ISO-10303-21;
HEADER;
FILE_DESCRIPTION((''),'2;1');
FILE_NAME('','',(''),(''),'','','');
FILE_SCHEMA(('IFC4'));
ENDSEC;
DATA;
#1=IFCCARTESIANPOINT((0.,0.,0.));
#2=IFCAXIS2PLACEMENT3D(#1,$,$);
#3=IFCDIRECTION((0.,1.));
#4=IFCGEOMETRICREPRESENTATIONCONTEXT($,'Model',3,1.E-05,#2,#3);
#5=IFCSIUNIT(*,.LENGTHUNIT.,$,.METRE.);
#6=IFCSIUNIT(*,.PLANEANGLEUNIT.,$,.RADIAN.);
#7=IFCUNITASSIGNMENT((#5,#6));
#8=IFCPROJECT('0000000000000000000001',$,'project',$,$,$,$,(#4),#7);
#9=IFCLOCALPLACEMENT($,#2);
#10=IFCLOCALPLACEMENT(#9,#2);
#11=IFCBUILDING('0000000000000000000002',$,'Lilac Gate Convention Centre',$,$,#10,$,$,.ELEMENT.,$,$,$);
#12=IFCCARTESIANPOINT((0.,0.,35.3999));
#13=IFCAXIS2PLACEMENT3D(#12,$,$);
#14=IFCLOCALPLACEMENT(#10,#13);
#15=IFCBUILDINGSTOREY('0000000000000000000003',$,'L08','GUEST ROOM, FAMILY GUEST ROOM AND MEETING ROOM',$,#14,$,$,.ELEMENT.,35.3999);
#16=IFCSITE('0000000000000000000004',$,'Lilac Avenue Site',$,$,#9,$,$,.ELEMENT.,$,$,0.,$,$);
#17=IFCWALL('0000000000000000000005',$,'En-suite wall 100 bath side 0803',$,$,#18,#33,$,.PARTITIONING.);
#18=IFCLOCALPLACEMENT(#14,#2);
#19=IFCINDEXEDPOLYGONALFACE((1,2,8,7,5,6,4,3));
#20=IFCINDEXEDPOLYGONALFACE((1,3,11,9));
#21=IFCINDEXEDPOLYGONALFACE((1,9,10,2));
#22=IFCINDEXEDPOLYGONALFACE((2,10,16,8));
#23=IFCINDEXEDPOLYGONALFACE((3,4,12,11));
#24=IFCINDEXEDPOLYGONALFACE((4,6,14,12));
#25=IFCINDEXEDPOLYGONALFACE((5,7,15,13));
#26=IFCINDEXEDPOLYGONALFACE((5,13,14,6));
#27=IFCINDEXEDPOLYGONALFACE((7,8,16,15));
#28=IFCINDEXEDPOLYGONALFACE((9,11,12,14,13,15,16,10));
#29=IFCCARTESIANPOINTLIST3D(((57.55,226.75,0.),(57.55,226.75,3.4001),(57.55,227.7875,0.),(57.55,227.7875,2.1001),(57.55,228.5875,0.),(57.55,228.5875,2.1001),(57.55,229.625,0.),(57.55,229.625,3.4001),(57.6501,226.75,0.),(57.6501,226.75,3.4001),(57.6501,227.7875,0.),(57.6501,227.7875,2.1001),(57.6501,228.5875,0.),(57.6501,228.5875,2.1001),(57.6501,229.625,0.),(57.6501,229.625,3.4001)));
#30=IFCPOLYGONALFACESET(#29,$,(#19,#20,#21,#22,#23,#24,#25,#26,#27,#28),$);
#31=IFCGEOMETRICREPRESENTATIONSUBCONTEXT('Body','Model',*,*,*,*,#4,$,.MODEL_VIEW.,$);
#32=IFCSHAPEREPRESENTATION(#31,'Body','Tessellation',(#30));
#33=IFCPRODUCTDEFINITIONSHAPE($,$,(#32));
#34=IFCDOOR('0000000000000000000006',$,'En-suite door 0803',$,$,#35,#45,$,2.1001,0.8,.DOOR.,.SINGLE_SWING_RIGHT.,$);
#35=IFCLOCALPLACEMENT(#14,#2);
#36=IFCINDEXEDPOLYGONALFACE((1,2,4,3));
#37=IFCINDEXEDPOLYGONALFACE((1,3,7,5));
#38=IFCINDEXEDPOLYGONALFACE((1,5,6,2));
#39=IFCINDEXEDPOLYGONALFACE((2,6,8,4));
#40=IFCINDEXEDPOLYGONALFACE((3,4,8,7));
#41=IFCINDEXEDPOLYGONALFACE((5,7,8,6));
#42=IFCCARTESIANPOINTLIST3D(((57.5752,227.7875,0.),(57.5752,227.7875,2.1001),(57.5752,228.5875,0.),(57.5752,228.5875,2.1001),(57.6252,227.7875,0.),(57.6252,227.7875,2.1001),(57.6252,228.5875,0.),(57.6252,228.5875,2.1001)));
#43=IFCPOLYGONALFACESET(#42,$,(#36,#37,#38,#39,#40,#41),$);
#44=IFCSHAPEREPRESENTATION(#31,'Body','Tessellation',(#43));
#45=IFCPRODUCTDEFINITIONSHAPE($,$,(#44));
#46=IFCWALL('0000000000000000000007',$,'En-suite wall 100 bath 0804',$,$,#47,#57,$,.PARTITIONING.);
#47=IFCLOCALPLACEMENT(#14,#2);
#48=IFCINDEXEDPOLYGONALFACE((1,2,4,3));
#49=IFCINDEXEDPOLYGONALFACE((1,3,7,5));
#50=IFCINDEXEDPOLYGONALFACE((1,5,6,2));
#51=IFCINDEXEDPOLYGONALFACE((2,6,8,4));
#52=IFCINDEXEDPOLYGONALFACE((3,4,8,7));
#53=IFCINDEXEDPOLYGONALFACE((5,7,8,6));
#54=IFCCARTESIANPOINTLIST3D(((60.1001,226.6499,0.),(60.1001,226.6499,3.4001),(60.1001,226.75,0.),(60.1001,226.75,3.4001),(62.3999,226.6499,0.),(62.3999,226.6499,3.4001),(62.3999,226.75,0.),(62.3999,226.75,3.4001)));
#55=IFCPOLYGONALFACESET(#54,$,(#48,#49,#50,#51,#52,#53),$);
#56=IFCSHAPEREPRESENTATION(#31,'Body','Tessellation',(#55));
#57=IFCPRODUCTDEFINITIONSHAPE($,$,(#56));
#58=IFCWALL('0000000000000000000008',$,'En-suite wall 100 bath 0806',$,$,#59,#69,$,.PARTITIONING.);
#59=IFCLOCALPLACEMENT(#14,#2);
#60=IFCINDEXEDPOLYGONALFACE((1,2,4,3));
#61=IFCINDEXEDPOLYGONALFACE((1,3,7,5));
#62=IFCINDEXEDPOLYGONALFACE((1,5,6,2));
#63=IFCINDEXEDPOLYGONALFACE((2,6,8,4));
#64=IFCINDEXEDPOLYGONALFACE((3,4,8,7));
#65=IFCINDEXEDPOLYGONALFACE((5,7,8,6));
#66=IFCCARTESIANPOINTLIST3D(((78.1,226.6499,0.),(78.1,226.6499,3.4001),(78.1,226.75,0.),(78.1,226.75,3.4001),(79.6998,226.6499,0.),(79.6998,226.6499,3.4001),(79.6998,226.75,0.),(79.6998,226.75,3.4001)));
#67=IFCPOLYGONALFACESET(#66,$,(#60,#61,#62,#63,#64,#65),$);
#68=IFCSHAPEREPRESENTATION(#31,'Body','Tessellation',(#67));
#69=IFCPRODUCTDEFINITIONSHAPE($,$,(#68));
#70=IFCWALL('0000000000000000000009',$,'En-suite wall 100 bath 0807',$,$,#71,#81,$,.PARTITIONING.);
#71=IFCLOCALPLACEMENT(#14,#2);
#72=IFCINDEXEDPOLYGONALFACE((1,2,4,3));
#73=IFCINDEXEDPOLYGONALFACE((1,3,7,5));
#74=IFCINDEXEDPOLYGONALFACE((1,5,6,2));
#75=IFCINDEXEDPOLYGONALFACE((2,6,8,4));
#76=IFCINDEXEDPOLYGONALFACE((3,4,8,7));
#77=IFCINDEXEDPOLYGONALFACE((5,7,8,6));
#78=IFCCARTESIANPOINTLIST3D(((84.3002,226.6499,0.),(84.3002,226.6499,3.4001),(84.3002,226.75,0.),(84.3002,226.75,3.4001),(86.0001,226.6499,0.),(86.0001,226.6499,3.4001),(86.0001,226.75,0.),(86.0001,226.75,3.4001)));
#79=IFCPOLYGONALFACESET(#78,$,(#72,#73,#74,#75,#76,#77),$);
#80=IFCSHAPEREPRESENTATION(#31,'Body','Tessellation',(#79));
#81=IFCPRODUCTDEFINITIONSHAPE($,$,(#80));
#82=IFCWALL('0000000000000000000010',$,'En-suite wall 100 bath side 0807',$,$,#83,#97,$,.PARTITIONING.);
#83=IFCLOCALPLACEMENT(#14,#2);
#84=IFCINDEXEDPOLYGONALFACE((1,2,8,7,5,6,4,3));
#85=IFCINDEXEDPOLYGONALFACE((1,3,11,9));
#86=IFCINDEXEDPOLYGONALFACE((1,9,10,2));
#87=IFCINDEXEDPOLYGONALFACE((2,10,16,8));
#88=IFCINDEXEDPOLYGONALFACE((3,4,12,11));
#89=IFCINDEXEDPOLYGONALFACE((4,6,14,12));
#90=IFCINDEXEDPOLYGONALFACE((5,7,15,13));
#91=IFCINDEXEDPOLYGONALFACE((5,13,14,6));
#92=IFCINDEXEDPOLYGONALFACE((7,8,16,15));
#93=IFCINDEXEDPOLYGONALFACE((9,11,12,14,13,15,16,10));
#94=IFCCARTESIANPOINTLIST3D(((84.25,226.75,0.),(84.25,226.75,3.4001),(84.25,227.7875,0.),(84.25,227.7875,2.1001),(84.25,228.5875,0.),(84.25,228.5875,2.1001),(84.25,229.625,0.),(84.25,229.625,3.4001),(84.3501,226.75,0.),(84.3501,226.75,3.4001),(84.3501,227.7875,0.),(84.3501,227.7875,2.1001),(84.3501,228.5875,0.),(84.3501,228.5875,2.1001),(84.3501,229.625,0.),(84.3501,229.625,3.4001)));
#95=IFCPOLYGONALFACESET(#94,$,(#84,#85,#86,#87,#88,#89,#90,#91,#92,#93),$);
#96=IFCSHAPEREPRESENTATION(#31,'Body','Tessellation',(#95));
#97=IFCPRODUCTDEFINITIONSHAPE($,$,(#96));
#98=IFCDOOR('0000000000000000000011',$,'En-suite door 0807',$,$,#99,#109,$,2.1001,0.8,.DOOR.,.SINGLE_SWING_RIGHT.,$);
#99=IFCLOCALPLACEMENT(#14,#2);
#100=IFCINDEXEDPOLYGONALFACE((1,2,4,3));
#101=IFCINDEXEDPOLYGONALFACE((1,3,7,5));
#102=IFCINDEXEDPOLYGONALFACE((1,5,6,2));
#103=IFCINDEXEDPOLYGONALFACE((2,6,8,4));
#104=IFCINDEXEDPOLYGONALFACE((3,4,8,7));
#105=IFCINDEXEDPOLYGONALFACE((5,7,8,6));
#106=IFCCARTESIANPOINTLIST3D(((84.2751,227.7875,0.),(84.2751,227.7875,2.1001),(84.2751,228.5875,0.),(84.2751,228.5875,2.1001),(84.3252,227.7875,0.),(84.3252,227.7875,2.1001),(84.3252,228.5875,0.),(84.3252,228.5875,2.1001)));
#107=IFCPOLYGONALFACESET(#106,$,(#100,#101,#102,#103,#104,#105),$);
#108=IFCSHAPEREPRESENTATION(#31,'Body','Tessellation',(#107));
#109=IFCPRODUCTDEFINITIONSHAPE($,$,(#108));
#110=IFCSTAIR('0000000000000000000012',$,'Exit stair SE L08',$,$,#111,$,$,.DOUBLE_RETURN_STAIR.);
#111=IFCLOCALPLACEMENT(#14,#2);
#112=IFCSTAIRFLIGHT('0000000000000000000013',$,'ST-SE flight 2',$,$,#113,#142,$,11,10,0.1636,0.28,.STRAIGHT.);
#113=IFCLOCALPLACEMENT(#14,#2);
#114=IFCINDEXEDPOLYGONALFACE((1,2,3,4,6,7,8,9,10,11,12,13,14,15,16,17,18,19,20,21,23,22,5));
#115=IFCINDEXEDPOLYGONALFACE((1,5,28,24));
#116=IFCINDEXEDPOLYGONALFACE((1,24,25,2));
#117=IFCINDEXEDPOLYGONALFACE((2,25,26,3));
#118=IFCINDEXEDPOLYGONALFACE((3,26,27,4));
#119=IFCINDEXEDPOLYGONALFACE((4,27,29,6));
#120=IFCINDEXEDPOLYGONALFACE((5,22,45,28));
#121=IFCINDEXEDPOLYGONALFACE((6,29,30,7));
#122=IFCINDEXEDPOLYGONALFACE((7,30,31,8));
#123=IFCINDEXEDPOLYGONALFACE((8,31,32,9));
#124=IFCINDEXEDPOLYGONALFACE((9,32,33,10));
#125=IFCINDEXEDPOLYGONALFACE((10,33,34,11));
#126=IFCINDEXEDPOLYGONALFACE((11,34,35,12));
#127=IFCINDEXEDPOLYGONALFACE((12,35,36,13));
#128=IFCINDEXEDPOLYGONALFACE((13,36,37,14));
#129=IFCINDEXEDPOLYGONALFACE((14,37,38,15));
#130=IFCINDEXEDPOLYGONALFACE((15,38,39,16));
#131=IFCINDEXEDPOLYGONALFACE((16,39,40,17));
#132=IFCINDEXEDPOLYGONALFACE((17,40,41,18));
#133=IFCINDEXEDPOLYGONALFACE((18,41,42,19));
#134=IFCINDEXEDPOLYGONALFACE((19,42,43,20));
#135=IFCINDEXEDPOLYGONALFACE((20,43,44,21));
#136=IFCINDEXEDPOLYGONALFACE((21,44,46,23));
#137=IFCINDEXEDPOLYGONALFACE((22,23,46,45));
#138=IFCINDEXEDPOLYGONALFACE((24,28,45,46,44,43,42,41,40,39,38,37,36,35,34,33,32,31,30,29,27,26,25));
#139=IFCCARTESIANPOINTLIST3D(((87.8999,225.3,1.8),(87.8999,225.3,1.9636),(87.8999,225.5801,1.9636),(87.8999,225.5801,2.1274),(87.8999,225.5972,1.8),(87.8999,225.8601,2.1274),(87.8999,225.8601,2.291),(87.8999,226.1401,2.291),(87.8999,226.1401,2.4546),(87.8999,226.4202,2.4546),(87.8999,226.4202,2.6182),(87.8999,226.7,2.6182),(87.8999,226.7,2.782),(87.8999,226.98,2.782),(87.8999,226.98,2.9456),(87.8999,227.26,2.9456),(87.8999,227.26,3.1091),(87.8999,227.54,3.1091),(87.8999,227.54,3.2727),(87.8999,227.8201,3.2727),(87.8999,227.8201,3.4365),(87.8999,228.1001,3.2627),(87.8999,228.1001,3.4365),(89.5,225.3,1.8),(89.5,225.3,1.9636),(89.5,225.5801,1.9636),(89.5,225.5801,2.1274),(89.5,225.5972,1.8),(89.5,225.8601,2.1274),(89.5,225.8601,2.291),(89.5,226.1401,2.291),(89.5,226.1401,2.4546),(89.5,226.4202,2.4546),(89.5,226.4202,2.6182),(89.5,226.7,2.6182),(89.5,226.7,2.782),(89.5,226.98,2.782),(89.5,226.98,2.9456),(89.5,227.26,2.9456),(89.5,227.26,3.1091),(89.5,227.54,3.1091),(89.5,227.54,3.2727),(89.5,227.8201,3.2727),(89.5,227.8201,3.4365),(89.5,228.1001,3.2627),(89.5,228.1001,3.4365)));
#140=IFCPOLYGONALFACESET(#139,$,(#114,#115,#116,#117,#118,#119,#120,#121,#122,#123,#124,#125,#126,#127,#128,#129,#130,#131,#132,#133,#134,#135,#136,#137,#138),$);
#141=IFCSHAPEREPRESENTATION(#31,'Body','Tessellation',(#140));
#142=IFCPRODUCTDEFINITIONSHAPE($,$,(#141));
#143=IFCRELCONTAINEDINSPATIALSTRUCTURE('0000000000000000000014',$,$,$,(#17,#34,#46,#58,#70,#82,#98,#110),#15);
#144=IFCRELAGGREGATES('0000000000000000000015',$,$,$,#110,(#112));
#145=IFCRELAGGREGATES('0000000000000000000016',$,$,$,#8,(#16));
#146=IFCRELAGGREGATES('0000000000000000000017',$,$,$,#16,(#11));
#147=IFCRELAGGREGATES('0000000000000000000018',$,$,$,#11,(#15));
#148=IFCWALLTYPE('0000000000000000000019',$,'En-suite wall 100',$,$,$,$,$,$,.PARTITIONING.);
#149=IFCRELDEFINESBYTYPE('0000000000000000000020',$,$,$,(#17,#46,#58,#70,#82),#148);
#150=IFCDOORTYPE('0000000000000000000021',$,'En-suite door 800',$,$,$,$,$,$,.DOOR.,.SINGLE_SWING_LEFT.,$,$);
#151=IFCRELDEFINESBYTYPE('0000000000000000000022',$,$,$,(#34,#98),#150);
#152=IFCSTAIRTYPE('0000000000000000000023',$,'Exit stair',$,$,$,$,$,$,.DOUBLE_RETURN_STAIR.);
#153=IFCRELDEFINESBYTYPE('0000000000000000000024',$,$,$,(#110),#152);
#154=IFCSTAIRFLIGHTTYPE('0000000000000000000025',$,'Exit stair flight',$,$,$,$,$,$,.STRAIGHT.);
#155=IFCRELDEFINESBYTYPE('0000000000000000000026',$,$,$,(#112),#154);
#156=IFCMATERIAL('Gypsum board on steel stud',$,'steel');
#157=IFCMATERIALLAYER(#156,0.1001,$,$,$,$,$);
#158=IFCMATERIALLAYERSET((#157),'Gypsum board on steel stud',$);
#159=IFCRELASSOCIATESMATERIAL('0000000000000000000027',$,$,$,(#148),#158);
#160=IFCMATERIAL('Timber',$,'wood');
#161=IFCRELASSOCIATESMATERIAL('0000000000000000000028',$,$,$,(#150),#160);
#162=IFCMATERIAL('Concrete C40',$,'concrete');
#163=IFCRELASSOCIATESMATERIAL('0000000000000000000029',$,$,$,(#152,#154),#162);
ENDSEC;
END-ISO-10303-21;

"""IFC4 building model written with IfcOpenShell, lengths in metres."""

from ifc_helpers import new_model, si_unit, direction, frame, frame_2d, origin, place, context, subcontext, project, spatial, polyline, rectangle, outline, extrude, material, layer, layer_set, type_object, element, fill, aggregate, save


model = new_model("IFC4")

# Units and contexts
model_context = context("Model", 3, precision=1e-05, world=origin(), true_north=direction((0.0, 1.0)))
body_context = subcontext(model_context, "Body", "Model", "MODEL_VIEW")
ifc_project = project(units=[si_unit("LENGTHUNIT", "METRE"), si_unit("PLANEANGLEUNIT", "RADIAN")], contexts=[model_context])

# Site, building, storey
site_placement = place(None, origin())
site = spatial("IfcSite", under=ifc_project, at=site_placement, Name="Lilac Avenue Site", CompositionType="ELEMENT", RefElevation=0.0)
building_placement = place(site_placement, origin())
building = spatial("IfcBuilding", under=site, at=building_placement, Name="Lilac Gate Convention Centre", CompositionType="ELEMENT")
storey_placement = place(building_placement, frame((0.0, 0.0, 35.3999)))
storey = spatial("IfcBuildingStorey", under=building, at=storey_placement, Name="L08", Description="GUEST ROOM, FAMILY GUEST ROOM AND MEETING ROOM", CompositionType="ELEMENT", Elevation=35.3999)

# Shared definitions
ifc_material_1 = material(Name="Concrete C40", Category="concrete")

# Shared definitions
ifc_material_2 = material(Name="Gypsum board on steel stud", Category="steel")
ifc_layer_1 = layer(ifc_material_2, 0.1001)
ifc_layer_set_1 = layer_set([ifc_layer_1], Name="Gypsum board on steel stud")
wall_type_1 = type_object("IfcWallType", Name="En-suite wall 100", PredefinedType="PARTITIONING", material=ifc_layer_set_1)

# Shared definitions
ifc_material_3 = material(Name="Timber", Category="wood")
door_type = type_object("IfcDoorType", Name="En-suite door 800", OperationType="SINGLE_SWING_LEFT", PredefinedType="DOOR", material=ifc_material_3)

# Wall, opening, door
wall_1_placement = place(storey_placement, frame((57.6001, 226.75, 0.0), z_axis=(0.0, 0.0, 1.0), x_axis=(0.0, 1.0, 0.0)))
wall_1 = element("IfcWall", 1, at=wall_1_placement, inside=storey, type_object=wall_type_1, Name="En-suite wall 100 bath side 0803", PredefinedType="PARTITIONING", context=body_context, shape_type="SweptSolid", body=[
    extrude(rectangle(XDim=2.875, YDim=0.1001, at=frame_2d((1.4375, 0.0))), origin(), (0.0, 0.0, 1.0), 3.4001),
])
opening_1_placement = place(wall_1_placement, frame((1.0376, 0.0, 0.0)))
opening_1 = element("IfcOpeningElement", 2, at=opening_1_placement, cuts=wall_1, PredefinedType="OPENING", context=body_context, shape_type="SweptSolid", body=[
    extrude(rectangle(XDim=0.8, YDim=2.1001, at=frame_2d((0.3999, 1.05))), frame((0.0, 0.0601, 0.0), z_axis=(0.0, -1.0, 0.0), x_axis=(1.0, 0.0, 0.0)), (0.0, 0.0, 1.0), 0.1201),
])
door_1_placement = place(opening_1_placement, origin())
door_1 = element("IfcDoor", 3, at=door_1_placement, inside=storey, type_object=door_type, Name="En-suite door 0803", OperationType="SINGLE_SWING_RIGHT", OverallHeight=2.1001, OverallWidth=0.8, PredefinedType="DOOR", context=body_context, shape_type="SweptSolid", body=[
    extrude(rectangle(XDim=0.8, YDim=2.1001, at=frame_2d((0.3999, 1.05))), frame((0.0, 0.0249, 0.0), z_axis=(0.0, -1.0, 0.0), x_axis=(1.0, 0.0, 0.0)), (0.0, 0.0, 1.0), 0.05),
])
fill(opening_1, door_1)

# Walls
wall_2_placement = place(storey_placement, frame((60.1001, 226.7, 0.0), z_axis=(0.0, 0.0, 1.0), x_axis=(1.0, 0.0, 0.0)))
element("IfcWall", 4, at=wall_2_placement, inside=storey, type_object=wall_type_1, Name="En-suite wall 100 bath 0804", PredefinedType="PARTITIONING", context=body_context, shape_type="SweptSolid", body=[
    extrude(rectangle(XDim=2.2998, YDim=0.1001, at=frame_2d((1.1499, 0.0))), origin(), (0.0, 0.0, 1.0), 3.4001),
])
wall_3_placement = place(storey_placement, frame((78.1001, 226.7, 0.0), z_axis=(0.0, 0.0, 1.0), x_axis=(1.0, 0.0, 0.0)))
element("IfcWall", 5, at=wall_3_placement, inside=storey, type_object=wall_type_1, Name="En-suite wall 100 bath 0806", PredefinedType="PARTITIONING", context=body_context, shape_type="SweptSolid", body=[
    extrude(rectangle(XDim=1.5999, YDim=0.1001, at=frame_2d((0.7998, 0.0))), origin(), (0.0, 0.0, 1.0), 3.4001),
])
wall_4_placement = place(storey_placement, frame((84.3, 226.7, 0.0), z_axis=(0.0, 0.0, 1.0), x_axis=(1.0, 0.0, 0.0)))
element("IfcWall", 6, at=wall_4_placement, inside=storey, type_object=wall_type_1, Name="En-suite wall 100 bath 0807", PredefinedType="PARTITIONING", context=body_context, shape_type="SweptSolid", body=[
    extrude(rectangle(XDim=1.7, YDim=0.1001, at=frame_2d((0.8501, 0.0))), origin(), (0.0, 0.0, 1.0), 3.4001),
])

# Wall, opening, door
wall_5_placement = place(storey_placement, frame((84.3, 226.75, 0.0), z_axis=(0.0, 0.0, 1.0), x_axis=(0.0, 1.0, 0.0)))
wall_5 = element("IfcWall", 7, at=wall_5_placement, inside=storey, type_object=wall_type_1, Name="En-suite wall 100 bath side 0807", PredefinedType="PARTITIONING", context=body_context, shape_type="SweptSolid", body=[
    extrude(rectangle(XDim=2.875, YDim=0.1001, at=frame_2d((1.4375, 0.0))), origin(), (0.0, 0.0, 1.0), 3.4001),
])
opening_2_placement = place(wall_5_placement, frame((1.0376, 0.0, 0.0)))
opening_2 = element("IfcOpeningElement", 8, at=opening_2_placement, cuts=wall_5, PredefinedType="OPENING", context=body_context, shape_type="SweptSolid", body=[
    extrude(rectangle(XDim=0.8, YDim=2.1001, at=frame_2d((0.3999, 1.05))), frame((0.0, 0.0601, 0.0), z_axis=(0.0, -1.0, 0.0), x_axis=(1.0, 0.0, 0.0)), (0.0, 0.0, 1.0), 0.1201),
])
door_2_placement = place(opening_2_placement, origin())
door_2 = element("IfcDoor", 9, at=door_2_placement, inside=storey, type_object=door_type, Name="En-suite door 0807", OperationType="SINGLE_SWING_RIGHT", OverallHeight=2.1001, OverallWidth=0.8, PredefinedType="DOOR", context=body_context, shape_type="SweptSolid", body=[
    extrude(rectangle(XDim=0.8, YDim=2.1001, at=frame_2d((0.3999, 1.05))), frame((0.0, 0.0249, 0.0), z_axis=(0.0, -1.0, 0.0), x_axis=(1.0, 0.0, 0.0)), (0.0, 0.0, 1.0), 0.05),
])
fill(opening_2, door_2)

# Stair, stair flight
stair_type = type_object("IfcStairType", Name="Exit stair", PredefinedType="DOUBLE_RETURN_STAIR", material=ifc_material_1)
stair_placement = place(storey_placement, origin())
stair = element("IfcStair", 10, at=stair_placement, inside=storey, type_object=stair_type, Name="Exit stair SE L08", PredefinedType="DOUBLE_RETURN_STAIR")
stair_flight_type = type_object("IfcStairFlightType", Name="Exit stair flight", PredefinedType="STRAIGHT", material=ifc_material_1)
stair_flight_placement = place(storey_placement, frame((88.7, 225.3, 1.8), z_axis=(0.0, 0.0, 1.0), x_axis=(0.0, 1.0, 0.0)))
stair_flight = element("IfcStairFlight", 11, at=stair_flight_placement, type_object=stair_flight_type, Name="ST-SE flight 2", NumberOfRisers=11, NumberOfTreads=10, PredefinedType="STRAIGHT", RiserHeight=0.1636, TreadLength=0.28, context=body_context, shape_type="SweptSolid", body=[
    extrude(outline(polyline([(0.0, 0.0), (0.0, 0.1636), (0.28, 0.1636), (0.28, 0.3274), (0.5601, 0.3274), (0.5601, 0.491), (0.8401, 0.491), (0.8401, 0.6545), (1.1201, 0.6545), (1.1201, 0.8181), (1.3999, 0.8181), (1.3999, 0.9819), (1.6799, 0.9819), (1.6799, 1.1455), (1.96, 1.1455), (1.96, 1.3091), (2.24, 1.3091), (2.24, 1.4727), (2.52, 1.4727), (2.52, 1.6365), (2.8, 1.6365), (2.8, 1.8), (2.8, 1.4626), (0.2971, 0.0), (0.0, 0.0)])), frame((0.0, 0.8, 0.0), z_axis=(0.0, -1.0, 0.0), x_axis=(1.0, 0.0, 0.0)), (0.0, 0.0, 1.0), 1.6001),
])
aggregate(stair, [stair_flight])

save(model, "model.ifc")
